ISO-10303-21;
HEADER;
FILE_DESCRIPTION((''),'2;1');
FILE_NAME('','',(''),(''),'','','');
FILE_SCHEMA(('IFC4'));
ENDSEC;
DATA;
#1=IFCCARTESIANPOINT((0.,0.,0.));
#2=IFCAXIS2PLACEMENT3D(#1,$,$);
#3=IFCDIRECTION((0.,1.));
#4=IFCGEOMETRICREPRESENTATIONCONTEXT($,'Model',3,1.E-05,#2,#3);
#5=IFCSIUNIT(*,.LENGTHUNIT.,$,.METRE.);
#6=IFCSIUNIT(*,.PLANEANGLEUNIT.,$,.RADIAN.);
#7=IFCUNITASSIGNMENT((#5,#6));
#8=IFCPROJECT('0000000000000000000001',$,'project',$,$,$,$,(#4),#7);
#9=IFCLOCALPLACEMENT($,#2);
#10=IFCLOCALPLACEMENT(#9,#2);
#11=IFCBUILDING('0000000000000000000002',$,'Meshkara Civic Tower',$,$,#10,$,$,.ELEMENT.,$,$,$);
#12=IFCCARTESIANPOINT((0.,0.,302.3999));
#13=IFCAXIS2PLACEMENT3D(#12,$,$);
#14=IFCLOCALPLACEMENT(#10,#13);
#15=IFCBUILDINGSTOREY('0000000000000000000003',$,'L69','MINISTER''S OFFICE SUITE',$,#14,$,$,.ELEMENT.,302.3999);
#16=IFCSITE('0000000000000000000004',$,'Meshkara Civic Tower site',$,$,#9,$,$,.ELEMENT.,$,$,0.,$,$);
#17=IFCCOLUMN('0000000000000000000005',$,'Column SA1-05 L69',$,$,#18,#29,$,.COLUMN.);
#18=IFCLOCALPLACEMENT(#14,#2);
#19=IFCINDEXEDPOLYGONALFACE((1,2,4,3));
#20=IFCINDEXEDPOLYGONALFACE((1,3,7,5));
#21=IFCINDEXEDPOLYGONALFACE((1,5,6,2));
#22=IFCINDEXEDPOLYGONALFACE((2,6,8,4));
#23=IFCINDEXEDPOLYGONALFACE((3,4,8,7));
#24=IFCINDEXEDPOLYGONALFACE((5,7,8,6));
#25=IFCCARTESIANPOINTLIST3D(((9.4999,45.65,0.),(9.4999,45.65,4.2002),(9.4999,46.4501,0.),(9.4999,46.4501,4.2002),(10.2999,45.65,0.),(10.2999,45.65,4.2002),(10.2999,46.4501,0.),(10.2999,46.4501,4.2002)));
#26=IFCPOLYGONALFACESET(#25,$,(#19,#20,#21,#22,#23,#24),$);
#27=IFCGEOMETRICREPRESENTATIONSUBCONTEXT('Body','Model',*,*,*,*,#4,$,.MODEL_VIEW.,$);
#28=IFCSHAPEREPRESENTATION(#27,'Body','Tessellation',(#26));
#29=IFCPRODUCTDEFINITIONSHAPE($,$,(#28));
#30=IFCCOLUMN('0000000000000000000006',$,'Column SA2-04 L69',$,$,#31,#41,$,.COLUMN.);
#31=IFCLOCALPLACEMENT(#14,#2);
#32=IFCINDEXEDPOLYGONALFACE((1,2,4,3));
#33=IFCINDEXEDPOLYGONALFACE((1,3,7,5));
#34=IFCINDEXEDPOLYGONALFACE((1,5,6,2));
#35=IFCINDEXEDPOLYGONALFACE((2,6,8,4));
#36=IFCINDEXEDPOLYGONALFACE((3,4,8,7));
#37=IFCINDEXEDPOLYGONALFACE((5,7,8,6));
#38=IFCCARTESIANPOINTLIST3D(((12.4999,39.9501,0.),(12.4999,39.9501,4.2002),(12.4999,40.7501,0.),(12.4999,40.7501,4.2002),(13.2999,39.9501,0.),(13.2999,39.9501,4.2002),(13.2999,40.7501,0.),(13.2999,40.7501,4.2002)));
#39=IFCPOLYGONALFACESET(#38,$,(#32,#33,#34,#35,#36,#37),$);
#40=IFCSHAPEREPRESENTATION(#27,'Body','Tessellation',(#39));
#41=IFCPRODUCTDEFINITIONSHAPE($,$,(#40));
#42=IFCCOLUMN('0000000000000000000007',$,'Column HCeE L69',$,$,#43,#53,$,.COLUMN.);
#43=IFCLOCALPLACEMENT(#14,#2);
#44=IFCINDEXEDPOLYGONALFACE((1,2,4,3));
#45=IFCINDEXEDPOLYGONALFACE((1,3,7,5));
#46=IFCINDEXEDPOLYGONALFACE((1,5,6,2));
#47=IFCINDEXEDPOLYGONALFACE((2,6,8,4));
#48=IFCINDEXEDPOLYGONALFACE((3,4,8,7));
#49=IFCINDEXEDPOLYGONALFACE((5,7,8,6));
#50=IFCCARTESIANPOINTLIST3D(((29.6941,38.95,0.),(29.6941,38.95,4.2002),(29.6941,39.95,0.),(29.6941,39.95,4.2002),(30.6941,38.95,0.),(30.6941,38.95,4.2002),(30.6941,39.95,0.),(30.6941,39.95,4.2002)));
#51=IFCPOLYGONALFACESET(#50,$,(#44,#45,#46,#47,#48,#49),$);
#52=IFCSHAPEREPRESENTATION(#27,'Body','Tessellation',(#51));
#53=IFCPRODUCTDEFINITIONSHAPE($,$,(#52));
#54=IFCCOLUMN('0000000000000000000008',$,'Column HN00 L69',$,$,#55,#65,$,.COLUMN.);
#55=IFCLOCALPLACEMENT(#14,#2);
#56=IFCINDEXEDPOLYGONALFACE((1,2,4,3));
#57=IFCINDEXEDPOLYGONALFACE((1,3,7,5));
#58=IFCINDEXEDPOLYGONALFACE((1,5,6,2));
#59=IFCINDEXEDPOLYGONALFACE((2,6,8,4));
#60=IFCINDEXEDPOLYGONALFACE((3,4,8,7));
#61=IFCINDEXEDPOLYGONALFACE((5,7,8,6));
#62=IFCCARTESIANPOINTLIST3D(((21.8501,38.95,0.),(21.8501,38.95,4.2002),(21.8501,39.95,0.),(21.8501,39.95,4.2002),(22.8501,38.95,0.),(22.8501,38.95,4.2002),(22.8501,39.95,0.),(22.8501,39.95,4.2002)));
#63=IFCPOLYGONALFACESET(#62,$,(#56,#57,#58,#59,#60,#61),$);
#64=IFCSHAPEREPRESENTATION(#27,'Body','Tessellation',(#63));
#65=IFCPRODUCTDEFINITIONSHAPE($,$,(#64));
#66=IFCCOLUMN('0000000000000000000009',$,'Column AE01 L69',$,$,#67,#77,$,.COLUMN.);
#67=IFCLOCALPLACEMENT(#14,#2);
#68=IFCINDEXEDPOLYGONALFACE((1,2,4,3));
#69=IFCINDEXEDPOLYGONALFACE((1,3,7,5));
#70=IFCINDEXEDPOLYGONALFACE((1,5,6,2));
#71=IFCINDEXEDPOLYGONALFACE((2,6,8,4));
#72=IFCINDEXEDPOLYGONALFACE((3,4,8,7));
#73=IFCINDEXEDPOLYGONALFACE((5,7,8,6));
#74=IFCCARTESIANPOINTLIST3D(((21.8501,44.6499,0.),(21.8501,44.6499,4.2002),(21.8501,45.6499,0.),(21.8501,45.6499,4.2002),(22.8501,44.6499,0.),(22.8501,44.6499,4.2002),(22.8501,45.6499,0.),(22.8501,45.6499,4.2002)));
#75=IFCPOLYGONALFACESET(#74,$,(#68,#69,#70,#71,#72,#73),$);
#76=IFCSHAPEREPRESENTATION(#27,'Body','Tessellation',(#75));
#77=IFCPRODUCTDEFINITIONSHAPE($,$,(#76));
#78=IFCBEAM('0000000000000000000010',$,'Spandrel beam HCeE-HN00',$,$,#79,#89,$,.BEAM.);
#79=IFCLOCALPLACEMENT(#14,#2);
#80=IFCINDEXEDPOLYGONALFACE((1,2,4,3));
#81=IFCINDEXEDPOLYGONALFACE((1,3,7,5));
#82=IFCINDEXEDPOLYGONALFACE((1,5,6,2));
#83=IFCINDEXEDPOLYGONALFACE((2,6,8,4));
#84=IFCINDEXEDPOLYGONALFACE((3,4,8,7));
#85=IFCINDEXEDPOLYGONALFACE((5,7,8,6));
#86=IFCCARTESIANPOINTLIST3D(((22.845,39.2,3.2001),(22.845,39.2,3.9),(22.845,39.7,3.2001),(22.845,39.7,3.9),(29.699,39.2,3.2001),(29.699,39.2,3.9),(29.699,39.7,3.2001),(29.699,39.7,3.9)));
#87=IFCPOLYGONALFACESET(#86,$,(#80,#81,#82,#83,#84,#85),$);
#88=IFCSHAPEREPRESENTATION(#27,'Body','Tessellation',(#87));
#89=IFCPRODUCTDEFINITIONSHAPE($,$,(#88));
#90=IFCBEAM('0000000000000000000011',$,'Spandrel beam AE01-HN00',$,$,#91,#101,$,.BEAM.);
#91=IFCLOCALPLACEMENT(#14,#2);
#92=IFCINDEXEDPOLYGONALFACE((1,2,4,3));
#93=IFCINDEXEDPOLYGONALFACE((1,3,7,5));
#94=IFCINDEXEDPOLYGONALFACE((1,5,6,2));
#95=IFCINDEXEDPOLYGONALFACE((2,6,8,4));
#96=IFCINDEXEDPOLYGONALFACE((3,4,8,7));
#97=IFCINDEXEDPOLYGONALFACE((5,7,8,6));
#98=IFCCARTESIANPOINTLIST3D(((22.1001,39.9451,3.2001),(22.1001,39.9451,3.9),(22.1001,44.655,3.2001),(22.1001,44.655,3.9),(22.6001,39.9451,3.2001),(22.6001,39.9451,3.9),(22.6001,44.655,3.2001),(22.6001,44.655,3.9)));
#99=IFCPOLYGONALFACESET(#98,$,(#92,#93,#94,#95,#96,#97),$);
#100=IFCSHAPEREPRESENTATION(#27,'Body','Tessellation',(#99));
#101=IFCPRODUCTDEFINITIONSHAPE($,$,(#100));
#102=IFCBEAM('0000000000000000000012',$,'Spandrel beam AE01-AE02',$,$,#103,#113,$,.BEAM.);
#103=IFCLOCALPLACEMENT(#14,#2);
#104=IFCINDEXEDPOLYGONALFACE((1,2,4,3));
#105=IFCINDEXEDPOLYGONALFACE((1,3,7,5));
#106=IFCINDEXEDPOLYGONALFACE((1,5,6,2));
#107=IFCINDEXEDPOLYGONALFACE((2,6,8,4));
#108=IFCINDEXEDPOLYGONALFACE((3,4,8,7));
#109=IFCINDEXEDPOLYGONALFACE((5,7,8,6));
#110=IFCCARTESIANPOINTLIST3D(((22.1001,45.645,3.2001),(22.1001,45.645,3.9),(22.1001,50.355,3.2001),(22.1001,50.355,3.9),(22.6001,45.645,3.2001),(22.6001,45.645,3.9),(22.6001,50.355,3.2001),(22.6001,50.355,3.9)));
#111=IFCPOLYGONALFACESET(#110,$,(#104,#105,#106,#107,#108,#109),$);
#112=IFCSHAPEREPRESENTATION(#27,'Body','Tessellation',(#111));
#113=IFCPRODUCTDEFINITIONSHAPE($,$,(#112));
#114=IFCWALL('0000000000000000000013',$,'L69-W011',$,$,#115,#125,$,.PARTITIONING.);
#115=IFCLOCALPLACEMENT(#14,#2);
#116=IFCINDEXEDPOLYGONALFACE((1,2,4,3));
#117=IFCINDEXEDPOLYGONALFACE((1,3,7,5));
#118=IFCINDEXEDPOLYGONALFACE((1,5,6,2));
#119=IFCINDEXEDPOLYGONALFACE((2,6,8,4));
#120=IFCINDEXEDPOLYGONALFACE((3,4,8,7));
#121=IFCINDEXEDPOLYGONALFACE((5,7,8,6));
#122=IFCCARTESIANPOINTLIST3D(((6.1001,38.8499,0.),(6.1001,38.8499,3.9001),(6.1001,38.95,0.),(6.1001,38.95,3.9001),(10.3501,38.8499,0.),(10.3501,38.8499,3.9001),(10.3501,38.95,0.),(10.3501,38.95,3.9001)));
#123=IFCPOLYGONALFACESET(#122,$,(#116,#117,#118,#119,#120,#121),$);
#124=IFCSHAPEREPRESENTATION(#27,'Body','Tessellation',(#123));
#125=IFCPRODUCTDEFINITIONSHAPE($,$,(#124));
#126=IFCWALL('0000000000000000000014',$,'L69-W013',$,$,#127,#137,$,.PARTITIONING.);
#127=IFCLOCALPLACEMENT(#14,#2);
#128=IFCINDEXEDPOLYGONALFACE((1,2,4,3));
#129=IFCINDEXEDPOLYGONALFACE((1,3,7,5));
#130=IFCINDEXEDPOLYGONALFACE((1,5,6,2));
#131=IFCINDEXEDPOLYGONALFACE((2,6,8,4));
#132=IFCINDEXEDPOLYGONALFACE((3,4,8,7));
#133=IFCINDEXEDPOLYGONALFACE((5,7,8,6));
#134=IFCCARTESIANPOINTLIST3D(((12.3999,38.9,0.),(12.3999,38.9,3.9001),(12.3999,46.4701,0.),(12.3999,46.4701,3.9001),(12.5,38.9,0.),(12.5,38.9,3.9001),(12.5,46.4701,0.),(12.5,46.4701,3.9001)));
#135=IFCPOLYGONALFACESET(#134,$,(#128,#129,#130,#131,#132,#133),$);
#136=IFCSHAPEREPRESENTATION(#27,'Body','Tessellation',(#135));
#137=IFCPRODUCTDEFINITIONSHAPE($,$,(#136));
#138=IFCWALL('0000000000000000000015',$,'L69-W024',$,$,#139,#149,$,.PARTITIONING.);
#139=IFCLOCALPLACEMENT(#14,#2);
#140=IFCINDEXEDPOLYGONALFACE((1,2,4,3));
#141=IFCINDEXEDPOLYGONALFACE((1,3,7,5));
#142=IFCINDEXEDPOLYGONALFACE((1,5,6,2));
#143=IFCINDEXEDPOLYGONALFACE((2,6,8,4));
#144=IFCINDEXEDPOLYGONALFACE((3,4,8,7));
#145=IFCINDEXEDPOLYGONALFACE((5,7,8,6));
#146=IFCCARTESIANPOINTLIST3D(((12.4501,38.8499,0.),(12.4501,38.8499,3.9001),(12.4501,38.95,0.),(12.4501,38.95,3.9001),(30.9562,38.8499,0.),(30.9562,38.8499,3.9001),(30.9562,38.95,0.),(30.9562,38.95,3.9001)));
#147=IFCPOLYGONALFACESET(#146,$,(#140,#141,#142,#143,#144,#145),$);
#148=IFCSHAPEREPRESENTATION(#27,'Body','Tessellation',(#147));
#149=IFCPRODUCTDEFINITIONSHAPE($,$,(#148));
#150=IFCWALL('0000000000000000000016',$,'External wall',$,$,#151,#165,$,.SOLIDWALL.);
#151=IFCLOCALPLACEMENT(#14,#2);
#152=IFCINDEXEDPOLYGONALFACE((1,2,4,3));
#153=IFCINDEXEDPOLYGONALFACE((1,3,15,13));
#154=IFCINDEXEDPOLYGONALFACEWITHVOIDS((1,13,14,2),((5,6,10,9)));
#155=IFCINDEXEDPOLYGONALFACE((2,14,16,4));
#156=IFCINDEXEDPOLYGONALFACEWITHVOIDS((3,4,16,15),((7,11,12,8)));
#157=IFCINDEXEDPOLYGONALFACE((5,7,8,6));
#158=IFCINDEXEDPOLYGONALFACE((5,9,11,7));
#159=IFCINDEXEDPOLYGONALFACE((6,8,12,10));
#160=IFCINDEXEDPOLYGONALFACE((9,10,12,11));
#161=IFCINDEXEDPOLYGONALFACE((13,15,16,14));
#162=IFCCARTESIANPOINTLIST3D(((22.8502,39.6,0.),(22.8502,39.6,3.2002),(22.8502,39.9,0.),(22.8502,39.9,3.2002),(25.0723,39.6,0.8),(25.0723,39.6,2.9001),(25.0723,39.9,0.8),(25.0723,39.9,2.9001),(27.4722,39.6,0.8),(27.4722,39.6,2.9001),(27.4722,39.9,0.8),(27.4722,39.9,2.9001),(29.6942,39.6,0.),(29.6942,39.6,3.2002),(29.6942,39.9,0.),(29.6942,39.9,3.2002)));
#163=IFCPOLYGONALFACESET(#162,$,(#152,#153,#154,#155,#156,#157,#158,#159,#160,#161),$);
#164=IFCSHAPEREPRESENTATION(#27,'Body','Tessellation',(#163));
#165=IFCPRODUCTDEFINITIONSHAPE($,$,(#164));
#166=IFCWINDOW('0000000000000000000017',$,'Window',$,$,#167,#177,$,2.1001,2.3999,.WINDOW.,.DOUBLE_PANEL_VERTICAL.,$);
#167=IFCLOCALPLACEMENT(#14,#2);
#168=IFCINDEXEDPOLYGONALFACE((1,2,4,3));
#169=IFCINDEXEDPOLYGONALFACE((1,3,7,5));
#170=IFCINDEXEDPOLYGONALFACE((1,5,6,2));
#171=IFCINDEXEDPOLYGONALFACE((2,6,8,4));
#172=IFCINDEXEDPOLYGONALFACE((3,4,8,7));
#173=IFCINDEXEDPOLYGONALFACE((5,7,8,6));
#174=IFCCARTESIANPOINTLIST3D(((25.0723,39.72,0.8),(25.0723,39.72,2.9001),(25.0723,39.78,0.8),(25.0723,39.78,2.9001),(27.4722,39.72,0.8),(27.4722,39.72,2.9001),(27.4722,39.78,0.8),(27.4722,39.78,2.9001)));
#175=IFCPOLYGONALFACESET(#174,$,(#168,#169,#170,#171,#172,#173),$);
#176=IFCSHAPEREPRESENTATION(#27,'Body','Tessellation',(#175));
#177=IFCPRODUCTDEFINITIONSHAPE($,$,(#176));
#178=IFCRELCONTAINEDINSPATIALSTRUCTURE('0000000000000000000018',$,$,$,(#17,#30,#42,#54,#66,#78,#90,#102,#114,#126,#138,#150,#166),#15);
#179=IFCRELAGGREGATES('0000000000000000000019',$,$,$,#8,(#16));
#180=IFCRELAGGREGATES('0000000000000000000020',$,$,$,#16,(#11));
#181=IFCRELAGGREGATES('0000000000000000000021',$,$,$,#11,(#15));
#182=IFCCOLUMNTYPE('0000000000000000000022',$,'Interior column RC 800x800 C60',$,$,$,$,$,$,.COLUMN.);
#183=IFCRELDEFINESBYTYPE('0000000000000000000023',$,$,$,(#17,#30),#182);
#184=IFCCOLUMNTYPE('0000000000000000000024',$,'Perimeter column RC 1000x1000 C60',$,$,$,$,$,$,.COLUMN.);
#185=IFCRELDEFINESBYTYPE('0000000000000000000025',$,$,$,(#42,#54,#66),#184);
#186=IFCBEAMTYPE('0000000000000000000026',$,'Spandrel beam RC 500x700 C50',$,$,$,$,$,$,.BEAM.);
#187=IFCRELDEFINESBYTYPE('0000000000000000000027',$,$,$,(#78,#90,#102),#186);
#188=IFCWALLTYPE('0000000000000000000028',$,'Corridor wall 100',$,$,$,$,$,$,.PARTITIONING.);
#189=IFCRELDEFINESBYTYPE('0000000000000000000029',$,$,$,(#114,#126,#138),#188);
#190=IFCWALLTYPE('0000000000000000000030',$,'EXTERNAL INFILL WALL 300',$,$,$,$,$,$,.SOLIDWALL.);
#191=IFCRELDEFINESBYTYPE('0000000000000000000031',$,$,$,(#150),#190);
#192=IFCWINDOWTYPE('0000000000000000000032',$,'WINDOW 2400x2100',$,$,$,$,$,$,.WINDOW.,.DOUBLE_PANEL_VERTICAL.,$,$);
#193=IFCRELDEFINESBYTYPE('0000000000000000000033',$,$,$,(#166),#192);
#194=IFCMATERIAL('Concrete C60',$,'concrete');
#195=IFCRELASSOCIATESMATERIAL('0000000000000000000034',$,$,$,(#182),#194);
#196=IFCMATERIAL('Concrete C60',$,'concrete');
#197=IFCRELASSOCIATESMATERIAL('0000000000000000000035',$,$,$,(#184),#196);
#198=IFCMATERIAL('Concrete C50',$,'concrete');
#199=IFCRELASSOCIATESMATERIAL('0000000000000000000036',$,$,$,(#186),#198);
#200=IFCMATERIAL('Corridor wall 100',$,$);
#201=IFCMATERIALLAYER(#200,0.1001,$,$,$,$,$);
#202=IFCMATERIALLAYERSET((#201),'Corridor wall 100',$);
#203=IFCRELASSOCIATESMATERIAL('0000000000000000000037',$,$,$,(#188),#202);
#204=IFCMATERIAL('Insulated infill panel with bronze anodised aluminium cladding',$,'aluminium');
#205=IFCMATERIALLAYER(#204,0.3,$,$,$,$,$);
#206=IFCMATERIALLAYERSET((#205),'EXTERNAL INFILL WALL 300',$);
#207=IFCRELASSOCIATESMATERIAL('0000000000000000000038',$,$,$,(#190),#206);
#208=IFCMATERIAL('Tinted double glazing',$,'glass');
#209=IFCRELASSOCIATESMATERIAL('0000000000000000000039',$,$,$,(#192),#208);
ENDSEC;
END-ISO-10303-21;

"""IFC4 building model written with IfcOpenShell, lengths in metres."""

from ifc_helpers import new_model, si_unit, direction, frame, frame_2d, origin, origin_2d, place, context, subcontext, project, spatial, rectangle, extrude, material, layer, layer_set, material_profile, profile_set, type_object, element, fill, save


model = new_model("IFC4")

# Units and contexts
model_context = context("Model", 3, precision=1e-05, world=origin(), true_north=direction((0.0, 1.0)))
body_context = subcontext(model_context, "Body", "Model", "MODEL_VIEW")
ifc_project = project(units=[si_unit("LENGTHUNIT", "METRE"), si_unit("PLANEANGLEUNIT", "RADIAN")], contexts=[model_context])

# Site, building, storey
site_placement = place(None, origin())
site = spatial("IfcSite", under=ifc_project, at=site_placement, Name="Meshkara Civic Tower site", CompositionType="ELEMENT", RefElevation=0.0)
building_placement = place(site_placement, origin())
building = spatial("IfcBuilding", under=site, at=building_placement, Name="Meshkara Civic Tower", CompositionType="ELEMENT")
storey_placement = place(building_placement, frame((0.0, 0.0, 302.3999)))
storey = spatial("IfcBuildingStorey", under=building, at=storey_placement, Name="L69", Description="MINISTER'S OFFICE SUITE", CompositionType="ELEMENT", Elevation=302.3999)

# Columns
ifc_material_1 = material(Name="Concrete C60", Category="concrete")
ifc_material_profile_1 = material_profile(ifc_material_1, rectangle(XDim=0.8, YDim=0.8, at=origin_2d()))
ifc_profile_set_1 = profile_set([ifc_material_profile_1], Name="Concrete C60")
column_type_1 = type_object("IfcColumnType", Name="Interior column RC 800x800 C60", PredefinedType="COLUMN", material=ifc_profile_set_1)
for number, where, z_axis, x_axis, name in (
    (1, (9.8999, 46.05, 0.0), (0.0, 0.0, 1.0), (1.0, 0.0, 0.0), "Column SA1-05 L69"),
    (2, (12.8999, 40.3501, 0.0), (0.0, 0.0, 1.0), (1.0, 0.0, 0.0), "Column SA2-04 L69"),
):
    element("IfcColumn", number, at=place(storey_placement, frame(where, z_axis=z_axis, x_axis=x_axis)), inside=storey, type_object=column_type_1, Name=name, PredefinedType="COLUMN", context=body_context, shape_type="SweptSolid", body=[
        extrude(rectangle(XDim=0.8, YDim=0.8, at=origin_2d()), origin(), (0.0, 0.0, 1.0), 4.2002),
    ])
ifc_material_2 = material(Name="Concrete C60", Category="concrete")
ifc_material_profile_2 = material_profile(ifc_material_2, rectangle(XDim=1.0, YDim=1.0, at=origin_2d()))
ifc_profile_set_2 = profile_set([ifc_material_profile_2], Name="Concrete C60")
column_type_2 = type_object("IfcColumnType", Name="Perimeter column RC 1000x1000 C60", PredefinedType="COLUMN", material=ifc_profile_set_2)
for number, where, z_axis, x_axis, name in (
    (3, (30.1941, 39.45, 0.0), (0.0, 0.0, 1.0), (1.0, 0.0, 0.0), "Column HCeE L69"),
    (4, (22.3501, 39.45, 0.0), (0.0, 0.0, 1.0), (1.0, 0.0, 0.0), "Column HN00 L69"),
    (5, (22.3501, 45.1499, 0.0), (0.0, 0.0, 1.0), (1.0, 0.0, 0.0), "Column AE01 L69"),
):
    element("IfcColumn", number, at=place(storey_placement, frame(where, z_axis=z_axis, x_axis=x_axis)), inside=storey, type_object=column_type_2, Name=name, PredefinedType="COLUMN", context=body_context, shape_type="SweptSolid", body=[
        extrude(rectangle(XDim=1.0, YDim=1.0, at=origin_2d()), origin(), (0.0, 0.0, 1.0), 4.2002),
    ])

# Beams
ifc_material_3 = material(Name="Concrete C50", Category="concrete")
ifc_material_profile_3 = material_profile(ifc_material_3, rectangle(XDim=0.5, YDim=0.7, at=origin_2d()))
ifc_profile_set_3 = profile_set([ifc_material_profile_3], Name="Concrete C50")
beam_type = type_object("IfcBeamType", Name="Spandrel beam RC 500x700 C50", PredefinedType="BEAM", material=ifc_profile_set_3)
beam_placement = place(storey_placement, frame((29.699, 39.45, 3.55), z_axis=(-1.0, 0.0, 0.0), x_axis=(0.0, -1.0, 0.0)))
element("IfcBeam", 6, at=beam_placement, inside=storey, type_object=beam_type, Name="Spandrel beam HCeE-HN00", PredefinedType="BEAM", context=body_context, shape_type="SweptSolid", body=[
    extrude(rectangle(XDim=0.5, YDim=0.7, at=origin_2d()), origin(), (0.0, 0.0, 1.0), 6.854),
])
for number, where, z_axis, x_axis, name in (
    (7, (22.3501, 39.9451, 3.55), (0.0, 1.0, 0.0), (-1.0, 0.0, 0.0), "Spandrel beam AE01-HN00"),
    (8, (22.3501, 45.645, 3.55), (0.0, 1.0, 0.0), (-1.0, 0.0, 0.0), "Spandrel beam AE01-AE02"),
):
    element("IfcBeam", number, at=place(storey_placement, frame(where, z_axis=z_axis, x_axis=x_axis)), inside=storey, type_object=beam_type, Name=name, PredefinedType="BEAM", context=body_context, shape_type="SweptSolid", body=[
        extrude(rectangle(XDim=0.5, YDim=0.7, at=origin_2d()), origin(), (0.0, 0.0, 1.0), 4.71),
    ])

# Walls
ifc_material_4 = material(Name="Corridor wall 100")
ifc_layer_1 = layer(ifc_material_4, 0.1001)
ifc_layer_set_1 = layer_set([ifc_layer_1], Name="Corridor wall 100")
wall_type_1 = type_object("IfcWallType", Name="Corridor wall 100", PredefinedType="PARTITIONING", material=ifc_layer_set_1)
wall_1_placement = place(storey_placement, frame((10.3501, 38.8999, 0.0), z_axis=(0.0, 0.0, 1.0), x_axis=(-1.0, 0.0, 0.0)))
element("IfcWall", 9, at=wall_1_placement, inside=storey, type_object=wall_type_1, Name="L69-W011", PredefinedType="PARTITIONING", context=body_context, shape_type="SweptSolid", body=[
    extrude(rectangle(XDim=4.25, YDim=0.1001, at=frame_2d((2.125, 0.0))), origin(), (0.0, 0.0, 1.0), 3.9001),
])
wall_2_placement = place(storey_placement, frame((12.45, 38.8999, 0.0), z_axis=(0.0, 0.0, 1.0), x_axis=(0.0, 1.0, 0.0)))
element("IfcWall", 10, at=wall_2_placement, inside=storey, type_object=wall_type_1, Name="L69-W013", PredefinedType="PARTITIONING", context=body_context, shape_type="SweptSolid", body=[
    extrude(rectangle(XDim=7.5701, YDim=0.1001, at=frame_2d((3.7852, 0.0))), origin(), (0.0, 0.0, 1.0), 3.9001),
])
wall_3_placement = place(storey_placement, frame((30.9561, 38.8999, 0.0), z_axis=(0.0, 0.0, 1.0), x_axis=(-1.0, 0.0, 0.0)))
element("IfcWall", 11, at=wall_3_placement, inside=storey, type_object=wall_type_1, Name="L69-W024", PredefinedType="PARTITIONING", context=body_context, shape_type="SweptSolid", body=[
    extrude(rectangle(XDim=18.5061, YDim=0.1001, at=frame_2d((9.2529, 0.0))), origin(), (0.0, 0.0, 1.0), 3.9001),
])

# Wall, opening, window
ifc_material_5 = material(Name="Insulated infill panel with bronze anodised aluminium cladding", Category="aluminium")
ifc_layer_2 = layer(ifc_material_5, 0.3)
ifc_layer_set_2 = layer_set([ifc_layer_2], Name="EXTERNAL INFILL WALL 300")
wall_type_2 = type_object("IfcWallType", Name="EXTERNAL INFILL WALL 300", PredefinedType="SOLIDWALL", material=ifc_layer_set_2)
wall_4_placement = place(storey_placement, frame((29.6941, 39.75, 0.0), z_axis=(0.0, 0.0, 1.0), x_axis=(-1.0, 0.0, 0.0)))
wall_4 = element("IfcWall", 12, at=wall_4_placement, inside=storey, type_object=wall_type_2, Name="External wall", PredefinedType="SOLIDWALL", context=body_context, shape_type="SweptSolid", body=[
    extrude(rectangle(XDim=6.844, YDim=0.3, at=frame_2d((3.4219, 0.0))), origin(), (0.0, 0.0, 1.0), 3.2002),
])
opening_1_placement = place(wall_4_placement, frame((2.2219, 0.0, 0.8)))
opening_1 = element("IfcOpeningElement", 13, at=opening_1_placement, cuts=wall_4, PredefinedType="OPENING", context=body_context, shape_type="SweptSolid", body=[
    extrude(rectangle(XDim=2.3999, YDim=2.1001, at=frame_2d((1.2, 1.05))), frame((0.0, 0.1599, 0.0), z_axis=(0.0, -1.0, 0.0), x_axis=(1.0, 0.0, 0.0)), (0.0, 0.0, 1.0), 0.3201),
])
ifc_material_6 = material(Name="Tinted double glazing", Category="glass")
window_type = type_object("IfcWindowType", Name="WINDOW 2400x2100", PartitioningType="DOUBLE_PANEL_VERTICAL", PredefinedType="WINDOW", material=ifc_material_6)
window_1_placement = place(opening_1_placement, origin())
window_1 = element("IfcWindow", 14, at=window_1_placement, inside=storey, type_object=window_type, Name="Window", OverallHeight=2.1001, OverallWidth=2.3999, PartitioningType="DOUBLE_PANEL_VERTICAL", PredefinedType="WINDOW", context=body_context, shape_type="SweptSolid", body=[
    extrude(rectangle(XDim=2.3999, YDim=2.1001, at=frame_2d((1.2, 1.05))), frame((0.0, 0.03, 0.0), z_axis=(0.0, -1.0, 0.0), x_axis=(1.0, 0.0, 0.0)), (0.0, 0.0, 1.0), 0.0601),
])
fill(opening_1, window_1)

save(model, "model.ifc")
